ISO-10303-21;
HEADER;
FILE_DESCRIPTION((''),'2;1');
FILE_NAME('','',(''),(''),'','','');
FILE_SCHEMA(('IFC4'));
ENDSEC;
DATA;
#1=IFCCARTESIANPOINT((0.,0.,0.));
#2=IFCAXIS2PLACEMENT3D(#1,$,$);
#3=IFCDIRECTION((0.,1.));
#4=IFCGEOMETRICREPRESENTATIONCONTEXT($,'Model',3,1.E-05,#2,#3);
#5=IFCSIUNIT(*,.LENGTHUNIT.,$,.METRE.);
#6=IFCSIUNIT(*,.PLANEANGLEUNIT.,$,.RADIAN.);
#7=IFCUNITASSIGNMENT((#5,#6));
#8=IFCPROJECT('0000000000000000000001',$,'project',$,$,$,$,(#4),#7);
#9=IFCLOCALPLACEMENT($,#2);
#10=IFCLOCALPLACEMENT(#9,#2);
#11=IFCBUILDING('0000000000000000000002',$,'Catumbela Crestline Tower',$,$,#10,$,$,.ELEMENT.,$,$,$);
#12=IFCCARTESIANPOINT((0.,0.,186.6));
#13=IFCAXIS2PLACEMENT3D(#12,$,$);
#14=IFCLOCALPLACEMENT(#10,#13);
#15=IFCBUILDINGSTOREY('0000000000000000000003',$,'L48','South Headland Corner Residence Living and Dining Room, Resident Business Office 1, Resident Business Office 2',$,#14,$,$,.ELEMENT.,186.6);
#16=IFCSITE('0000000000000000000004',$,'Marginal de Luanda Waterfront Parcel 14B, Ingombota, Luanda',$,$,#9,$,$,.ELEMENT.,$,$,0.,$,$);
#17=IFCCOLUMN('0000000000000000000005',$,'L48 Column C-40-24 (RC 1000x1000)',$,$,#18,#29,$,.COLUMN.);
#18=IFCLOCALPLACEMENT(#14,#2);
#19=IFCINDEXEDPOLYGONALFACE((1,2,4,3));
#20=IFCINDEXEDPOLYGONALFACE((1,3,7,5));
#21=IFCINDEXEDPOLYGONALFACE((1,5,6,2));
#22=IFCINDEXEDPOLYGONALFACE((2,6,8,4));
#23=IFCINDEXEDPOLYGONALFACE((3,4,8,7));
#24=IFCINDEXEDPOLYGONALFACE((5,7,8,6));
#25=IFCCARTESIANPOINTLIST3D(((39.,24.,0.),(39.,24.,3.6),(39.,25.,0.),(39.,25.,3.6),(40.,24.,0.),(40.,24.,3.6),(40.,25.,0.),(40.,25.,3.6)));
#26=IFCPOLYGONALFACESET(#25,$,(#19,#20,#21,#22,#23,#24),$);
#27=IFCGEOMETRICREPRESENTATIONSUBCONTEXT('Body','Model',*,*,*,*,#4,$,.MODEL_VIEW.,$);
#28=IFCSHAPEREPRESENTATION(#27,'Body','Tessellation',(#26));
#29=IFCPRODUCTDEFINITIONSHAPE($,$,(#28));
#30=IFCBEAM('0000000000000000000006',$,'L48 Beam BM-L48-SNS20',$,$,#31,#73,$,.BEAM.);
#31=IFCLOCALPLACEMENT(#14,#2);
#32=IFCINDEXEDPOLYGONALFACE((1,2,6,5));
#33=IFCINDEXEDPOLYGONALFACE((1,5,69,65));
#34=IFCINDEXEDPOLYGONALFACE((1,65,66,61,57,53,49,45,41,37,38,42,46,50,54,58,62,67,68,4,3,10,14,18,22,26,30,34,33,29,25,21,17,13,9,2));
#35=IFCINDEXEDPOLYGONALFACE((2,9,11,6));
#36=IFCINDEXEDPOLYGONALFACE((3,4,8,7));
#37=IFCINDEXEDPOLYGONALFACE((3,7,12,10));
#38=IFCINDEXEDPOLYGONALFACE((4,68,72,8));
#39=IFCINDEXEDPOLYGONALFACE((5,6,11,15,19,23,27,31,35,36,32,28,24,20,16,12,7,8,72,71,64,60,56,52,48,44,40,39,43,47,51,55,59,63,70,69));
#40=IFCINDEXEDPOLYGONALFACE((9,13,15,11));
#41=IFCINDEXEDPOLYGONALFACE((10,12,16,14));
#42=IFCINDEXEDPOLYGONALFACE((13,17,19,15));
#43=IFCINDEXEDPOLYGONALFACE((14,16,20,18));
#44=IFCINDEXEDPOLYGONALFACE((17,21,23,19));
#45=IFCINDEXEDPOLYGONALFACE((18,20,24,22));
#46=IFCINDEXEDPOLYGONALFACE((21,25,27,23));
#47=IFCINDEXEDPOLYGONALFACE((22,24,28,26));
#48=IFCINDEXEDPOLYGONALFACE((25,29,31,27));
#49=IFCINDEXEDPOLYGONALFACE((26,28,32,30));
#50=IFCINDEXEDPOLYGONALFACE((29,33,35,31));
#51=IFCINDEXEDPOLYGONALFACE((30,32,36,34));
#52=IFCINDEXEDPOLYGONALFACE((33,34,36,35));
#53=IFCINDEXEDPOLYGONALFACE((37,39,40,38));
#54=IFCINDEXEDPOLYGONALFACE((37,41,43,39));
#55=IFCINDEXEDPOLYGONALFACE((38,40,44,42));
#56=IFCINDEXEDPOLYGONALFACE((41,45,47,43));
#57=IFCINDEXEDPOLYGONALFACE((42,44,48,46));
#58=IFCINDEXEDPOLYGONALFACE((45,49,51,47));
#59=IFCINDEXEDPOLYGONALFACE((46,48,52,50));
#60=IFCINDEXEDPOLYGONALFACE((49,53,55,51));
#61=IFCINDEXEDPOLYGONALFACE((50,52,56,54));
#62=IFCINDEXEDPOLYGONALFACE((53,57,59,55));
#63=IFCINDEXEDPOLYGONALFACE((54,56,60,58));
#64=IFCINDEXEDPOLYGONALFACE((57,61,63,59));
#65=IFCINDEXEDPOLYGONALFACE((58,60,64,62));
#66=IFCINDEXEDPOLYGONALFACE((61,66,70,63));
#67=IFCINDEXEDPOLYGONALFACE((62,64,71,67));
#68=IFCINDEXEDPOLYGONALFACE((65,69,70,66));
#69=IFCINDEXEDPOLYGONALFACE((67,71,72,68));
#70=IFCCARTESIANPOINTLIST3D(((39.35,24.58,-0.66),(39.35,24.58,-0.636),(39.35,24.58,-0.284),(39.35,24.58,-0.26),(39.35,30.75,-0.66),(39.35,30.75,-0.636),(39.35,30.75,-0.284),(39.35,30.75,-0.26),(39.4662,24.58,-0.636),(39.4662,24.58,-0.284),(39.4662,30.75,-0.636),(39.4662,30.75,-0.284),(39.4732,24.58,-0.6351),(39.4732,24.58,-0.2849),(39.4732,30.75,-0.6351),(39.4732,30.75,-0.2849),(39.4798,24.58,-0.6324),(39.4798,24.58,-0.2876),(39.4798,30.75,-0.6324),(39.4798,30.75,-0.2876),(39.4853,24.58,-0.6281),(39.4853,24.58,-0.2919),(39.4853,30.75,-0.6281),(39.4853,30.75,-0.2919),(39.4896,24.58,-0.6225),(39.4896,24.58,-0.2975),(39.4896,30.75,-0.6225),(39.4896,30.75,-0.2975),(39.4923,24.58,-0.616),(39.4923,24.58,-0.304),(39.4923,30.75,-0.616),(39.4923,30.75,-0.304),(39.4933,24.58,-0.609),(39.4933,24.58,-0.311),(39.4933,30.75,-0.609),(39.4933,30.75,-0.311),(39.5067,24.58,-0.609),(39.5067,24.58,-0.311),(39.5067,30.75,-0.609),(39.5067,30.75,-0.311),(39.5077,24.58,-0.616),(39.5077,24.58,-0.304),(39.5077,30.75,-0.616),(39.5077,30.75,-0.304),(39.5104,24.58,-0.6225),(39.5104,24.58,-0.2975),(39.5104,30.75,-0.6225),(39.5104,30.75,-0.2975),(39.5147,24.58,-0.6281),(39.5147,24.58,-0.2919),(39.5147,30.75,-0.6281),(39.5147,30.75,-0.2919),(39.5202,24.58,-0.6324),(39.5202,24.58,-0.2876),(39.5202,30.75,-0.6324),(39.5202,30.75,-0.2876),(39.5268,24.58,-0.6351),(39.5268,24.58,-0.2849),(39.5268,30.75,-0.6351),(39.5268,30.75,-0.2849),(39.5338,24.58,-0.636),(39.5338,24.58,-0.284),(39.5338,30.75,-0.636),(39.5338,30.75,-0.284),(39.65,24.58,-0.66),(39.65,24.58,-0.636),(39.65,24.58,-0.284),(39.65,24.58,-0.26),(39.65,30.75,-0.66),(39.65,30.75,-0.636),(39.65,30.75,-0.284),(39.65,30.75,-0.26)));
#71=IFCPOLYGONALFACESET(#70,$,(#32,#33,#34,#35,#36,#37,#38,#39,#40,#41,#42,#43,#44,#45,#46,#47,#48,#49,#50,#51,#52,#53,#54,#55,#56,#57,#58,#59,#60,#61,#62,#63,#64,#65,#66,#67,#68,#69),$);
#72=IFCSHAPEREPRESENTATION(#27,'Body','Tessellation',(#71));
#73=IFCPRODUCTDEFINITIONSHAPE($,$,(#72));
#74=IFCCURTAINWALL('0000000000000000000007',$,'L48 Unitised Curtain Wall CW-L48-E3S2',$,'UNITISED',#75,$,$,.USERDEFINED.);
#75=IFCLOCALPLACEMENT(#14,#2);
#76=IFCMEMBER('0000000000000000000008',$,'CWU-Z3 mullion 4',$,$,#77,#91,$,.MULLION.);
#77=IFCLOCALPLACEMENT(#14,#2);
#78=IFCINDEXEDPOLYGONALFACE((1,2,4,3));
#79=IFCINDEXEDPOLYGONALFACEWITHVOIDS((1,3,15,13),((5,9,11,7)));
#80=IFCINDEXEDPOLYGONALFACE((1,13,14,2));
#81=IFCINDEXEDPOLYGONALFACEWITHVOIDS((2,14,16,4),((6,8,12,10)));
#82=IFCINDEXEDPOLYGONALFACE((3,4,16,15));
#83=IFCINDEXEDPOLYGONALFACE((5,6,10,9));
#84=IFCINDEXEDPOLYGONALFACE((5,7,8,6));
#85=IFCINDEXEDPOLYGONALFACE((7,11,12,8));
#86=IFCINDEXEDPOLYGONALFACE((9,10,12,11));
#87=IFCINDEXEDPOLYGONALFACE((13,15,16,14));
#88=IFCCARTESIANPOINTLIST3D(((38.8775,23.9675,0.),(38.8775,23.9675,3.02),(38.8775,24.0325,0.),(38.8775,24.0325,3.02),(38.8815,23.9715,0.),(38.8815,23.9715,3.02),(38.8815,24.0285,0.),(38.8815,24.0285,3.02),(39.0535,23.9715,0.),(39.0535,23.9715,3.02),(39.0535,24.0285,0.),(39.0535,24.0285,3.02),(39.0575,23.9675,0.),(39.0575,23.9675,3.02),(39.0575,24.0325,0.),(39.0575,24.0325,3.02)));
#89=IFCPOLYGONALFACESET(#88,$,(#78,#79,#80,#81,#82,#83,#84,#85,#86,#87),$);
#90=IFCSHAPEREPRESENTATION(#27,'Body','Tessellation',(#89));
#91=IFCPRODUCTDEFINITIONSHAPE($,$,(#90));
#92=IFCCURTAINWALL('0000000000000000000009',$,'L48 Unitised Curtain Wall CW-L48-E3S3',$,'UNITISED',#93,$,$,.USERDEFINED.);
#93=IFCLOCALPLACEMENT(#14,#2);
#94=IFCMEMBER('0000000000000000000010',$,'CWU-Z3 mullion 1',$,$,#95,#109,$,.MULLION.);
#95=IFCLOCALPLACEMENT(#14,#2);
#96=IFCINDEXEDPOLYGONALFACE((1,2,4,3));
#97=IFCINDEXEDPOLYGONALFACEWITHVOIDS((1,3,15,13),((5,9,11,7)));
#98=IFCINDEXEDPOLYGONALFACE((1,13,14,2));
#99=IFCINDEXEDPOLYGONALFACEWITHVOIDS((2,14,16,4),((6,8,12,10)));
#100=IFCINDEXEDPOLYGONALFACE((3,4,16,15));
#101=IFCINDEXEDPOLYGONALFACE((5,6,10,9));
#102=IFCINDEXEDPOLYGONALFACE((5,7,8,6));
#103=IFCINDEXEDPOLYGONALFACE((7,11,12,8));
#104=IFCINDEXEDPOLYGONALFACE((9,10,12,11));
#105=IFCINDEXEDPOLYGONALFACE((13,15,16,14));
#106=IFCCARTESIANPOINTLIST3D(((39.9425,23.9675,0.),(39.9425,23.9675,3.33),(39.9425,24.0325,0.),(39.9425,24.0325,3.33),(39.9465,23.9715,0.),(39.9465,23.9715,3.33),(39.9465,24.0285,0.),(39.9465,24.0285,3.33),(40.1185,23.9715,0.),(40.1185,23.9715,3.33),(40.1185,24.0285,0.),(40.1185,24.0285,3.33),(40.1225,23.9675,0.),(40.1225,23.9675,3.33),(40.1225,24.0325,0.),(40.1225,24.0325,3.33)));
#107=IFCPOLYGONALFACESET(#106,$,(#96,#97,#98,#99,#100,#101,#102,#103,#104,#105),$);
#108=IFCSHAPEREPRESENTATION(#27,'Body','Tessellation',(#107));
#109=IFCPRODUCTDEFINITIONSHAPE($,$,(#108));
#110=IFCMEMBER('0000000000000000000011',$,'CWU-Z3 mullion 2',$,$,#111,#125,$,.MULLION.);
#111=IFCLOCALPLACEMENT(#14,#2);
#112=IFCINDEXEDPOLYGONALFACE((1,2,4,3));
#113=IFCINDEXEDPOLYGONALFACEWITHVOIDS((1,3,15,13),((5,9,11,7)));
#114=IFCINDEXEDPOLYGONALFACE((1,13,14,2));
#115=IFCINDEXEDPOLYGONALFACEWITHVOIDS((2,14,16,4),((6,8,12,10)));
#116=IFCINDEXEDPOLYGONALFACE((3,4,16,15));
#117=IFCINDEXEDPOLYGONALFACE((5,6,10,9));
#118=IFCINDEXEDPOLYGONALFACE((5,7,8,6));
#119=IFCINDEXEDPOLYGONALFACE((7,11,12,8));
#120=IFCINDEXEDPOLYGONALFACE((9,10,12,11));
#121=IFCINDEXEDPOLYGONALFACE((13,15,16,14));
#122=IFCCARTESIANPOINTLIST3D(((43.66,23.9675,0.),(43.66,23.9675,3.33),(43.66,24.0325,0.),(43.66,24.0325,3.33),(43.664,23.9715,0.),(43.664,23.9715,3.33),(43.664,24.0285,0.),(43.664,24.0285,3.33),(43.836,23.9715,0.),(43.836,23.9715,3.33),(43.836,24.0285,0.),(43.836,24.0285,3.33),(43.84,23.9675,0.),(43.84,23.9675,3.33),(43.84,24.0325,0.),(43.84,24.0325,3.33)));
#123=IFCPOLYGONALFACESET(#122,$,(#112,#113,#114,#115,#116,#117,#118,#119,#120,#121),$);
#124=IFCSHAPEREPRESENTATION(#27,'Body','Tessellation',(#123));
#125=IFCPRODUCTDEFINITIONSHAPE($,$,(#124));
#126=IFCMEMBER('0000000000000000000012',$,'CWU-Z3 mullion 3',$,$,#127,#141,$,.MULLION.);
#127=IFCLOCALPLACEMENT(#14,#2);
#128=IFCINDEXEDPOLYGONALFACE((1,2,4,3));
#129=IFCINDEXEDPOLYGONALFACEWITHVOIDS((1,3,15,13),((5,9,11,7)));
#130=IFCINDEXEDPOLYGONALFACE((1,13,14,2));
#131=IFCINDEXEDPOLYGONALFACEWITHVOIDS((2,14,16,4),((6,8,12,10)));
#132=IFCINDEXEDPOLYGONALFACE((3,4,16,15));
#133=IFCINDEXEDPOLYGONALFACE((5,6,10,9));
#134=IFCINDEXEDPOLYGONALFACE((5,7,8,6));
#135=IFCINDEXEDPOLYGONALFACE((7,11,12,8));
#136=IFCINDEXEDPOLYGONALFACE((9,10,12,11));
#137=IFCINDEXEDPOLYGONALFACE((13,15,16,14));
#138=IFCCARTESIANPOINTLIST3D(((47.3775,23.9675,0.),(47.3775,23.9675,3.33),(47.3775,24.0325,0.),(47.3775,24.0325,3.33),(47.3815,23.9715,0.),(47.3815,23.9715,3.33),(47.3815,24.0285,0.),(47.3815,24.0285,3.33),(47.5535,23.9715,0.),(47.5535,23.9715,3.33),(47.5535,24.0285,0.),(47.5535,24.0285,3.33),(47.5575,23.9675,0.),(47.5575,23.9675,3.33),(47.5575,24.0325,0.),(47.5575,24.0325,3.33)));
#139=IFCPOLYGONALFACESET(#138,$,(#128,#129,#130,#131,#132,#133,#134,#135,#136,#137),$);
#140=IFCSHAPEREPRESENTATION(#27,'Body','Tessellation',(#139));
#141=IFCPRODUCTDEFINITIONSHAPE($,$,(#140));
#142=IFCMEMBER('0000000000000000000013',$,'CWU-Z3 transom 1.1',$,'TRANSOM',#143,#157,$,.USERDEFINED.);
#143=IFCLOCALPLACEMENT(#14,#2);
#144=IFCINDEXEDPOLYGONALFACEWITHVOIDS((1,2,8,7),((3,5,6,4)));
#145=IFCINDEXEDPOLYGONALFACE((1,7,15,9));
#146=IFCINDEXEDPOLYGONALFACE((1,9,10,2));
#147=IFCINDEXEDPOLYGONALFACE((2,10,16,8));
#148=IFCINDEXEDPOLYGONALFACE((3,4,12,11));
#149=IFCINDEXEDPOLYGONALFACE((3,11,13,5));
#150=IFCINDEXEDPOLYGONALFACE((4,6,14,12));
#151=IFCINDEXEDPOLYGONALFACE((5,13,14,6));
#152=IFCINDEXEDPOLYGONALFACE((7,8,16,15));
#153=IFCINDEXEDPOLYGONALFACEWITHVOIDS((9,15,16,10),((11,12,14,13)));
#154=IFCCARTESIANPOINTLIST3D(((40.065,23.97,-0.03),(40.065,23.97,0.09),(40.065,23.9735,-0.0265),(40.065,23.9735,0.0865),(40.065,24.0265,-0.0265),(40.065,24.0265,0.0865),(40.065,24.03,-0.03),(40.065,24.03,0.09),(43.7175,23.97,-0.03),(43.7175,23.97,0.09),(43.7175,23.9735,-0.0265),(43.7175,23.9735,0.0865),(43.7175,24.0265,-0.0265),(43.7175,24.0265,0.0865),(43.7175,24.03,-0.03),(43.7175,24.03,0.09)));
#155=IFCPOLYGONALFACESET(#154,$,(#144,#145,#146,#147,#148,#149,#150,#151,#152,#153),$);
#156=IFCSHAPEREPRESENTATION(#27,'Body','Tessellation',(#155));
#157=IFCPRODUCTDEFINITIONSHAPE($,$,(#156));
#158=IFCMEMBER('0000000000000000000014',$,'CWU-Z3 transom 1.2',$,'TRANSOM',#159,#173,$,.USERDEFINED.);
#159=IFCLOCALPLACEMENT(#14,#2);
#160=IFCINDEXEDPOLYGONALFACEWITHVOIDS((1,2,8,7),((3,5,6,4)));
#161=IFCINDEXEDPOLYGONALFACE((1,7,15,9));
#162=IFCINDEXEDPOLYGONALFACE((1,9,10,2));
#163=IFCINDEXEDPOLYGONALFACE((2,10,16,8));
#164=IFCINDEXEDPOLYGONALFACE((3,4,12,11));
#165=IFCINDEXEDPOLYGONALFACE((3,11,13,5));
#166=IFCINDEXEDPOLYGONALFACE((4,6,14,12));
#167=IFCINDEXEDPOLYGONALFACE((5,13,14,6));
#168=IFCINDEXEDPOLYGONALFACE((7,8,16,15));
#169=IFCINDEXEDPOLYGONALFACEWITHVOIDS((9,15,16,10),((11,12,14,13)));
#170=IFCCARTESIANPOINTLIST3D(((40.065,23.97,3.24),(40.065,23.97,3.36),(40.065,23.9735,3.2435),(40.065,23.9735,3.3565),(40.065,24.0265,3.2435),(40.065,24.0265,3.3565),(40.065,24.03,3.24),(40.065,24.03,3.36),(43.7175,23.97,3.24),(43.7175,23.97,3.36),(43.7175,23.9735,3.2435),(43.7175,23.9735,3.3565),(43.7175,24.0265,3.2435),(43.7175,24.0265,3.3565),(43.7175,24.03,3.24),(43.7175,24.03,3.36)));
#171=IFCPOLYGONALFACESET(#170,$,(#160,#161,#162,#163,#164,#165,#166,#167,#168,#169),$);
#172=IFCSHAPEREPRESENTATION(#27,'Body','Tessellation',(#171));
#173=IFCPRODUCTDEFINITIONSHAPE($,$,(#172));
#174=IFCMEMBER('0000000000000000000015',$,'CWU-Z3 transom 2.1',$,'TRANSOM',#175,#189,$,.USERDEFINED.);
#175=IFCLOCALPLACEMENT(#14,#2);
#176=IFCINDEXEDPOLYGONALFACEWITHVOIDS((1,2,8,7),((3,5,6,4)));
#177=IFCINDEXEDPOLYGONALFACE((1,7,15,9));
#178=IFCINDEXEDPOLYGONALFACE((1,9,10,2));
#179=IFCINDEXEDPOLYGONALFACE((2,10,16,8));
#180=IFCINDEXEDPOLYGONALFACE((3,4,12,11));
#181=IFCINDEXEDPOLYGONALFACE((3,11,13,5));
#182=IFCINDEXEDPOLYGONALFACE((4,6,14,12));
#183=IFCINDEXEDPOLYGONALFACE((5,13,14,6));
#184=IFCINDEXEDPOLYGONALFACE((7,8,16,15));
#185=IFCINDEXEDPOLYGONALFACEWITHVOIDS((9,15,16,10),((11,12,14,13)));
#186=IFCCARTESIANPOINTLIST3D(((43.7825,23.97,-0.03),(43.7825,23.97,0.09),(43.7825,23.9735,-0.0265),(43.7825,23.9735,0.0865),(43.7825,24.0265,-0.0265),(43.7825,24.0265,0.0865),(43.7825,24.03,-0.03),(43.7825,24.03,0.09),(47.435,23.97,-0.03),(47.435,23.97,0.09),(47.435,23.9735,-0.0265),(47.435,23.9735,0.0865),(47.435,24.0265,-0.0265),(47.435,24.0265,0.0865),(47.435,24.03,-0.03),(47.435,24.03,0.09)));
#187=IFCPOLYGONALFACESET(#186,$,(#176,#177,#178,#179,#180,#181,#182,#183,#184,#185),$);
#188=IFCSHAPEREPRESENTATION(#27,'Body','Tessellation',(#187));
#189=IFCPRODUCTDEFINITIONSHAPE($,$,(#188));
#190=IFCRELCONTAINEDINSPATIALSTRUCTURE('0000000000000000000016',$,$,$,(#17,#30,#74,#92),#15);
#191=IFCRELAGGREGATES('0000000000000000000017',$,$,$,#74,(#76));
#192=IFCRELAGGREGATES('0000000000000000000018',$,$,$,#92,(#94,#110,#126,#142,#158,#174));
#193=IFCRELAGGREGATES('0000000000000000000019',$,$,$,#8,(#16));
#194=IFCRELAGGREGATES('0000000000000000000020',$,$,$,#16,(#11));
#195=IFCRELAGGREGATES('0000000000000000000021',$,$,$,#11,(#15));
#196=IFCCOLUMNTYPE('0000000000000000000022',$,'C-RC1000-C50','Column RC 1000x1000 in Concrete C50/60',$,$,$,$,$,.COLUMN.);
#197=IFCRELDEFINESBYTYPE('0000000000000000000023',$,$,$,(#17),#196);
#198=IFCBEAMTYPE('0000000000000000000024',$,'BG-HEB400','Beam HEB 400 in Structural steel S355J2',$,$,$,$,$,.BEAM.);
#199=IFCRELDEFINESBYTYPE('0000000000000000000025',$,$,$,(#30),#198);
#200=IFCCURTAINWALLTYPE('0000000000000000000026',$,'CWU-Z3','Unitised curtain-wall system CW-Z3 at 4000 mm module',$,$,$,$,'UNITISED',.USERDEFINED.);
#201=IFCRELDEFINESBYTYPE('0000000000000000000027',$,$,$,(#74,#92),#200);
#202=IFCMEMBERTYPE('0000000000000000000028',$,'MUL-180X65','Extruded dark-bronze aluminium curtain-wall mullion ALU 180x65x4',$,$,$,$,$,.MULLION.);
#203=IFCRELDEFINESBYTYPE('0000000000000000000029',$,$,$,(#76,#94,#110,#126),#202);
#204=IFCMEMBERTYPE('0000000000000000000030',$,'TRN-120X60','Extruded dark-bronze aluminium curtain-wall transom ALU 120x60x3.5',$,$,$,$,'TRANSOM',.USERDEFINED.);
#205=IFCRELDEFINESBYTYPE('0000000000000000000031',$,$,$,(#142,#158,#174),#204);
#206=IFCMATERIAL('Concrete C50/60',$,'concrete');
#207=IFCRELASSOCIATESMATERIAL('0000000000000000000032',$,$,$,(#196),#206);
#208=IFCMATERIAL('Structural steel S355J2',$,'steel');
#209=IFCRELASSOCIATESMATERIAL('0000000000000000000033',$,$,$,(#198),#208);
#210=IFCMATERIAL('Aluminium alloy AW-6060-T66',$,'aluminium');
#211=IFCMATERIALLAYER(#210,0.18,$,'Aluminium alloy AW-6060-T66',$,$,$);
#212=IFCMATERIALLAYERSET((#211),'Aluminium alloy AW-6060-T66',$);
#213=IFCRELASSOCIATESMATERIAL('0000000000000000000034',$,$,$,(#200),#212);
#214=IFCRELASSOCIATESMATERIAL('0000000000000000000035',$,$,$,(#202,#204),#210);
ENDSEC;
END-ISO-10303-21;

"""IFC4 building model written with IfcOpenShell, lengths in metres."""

from ifc_helpers import new_model, si_unit, direction, frame, origin, origin_2d, place, context, subcontext, project, spatial, rectangle, hollow_rectangle, i_section, extrude, material, layer, layer_set, material_profile, profile_set, type_object, element, aggregate, save


model = new_model("IFC4")

# Units and contexts
model_context = context("Model", 3, precision=1e-05, world=origin(), true_north=direction((0.0, 1.0)))
body_context = subcontext(model_context, "Body", "Model", "MODEL_VIEW")
ifc_project = project(units=[si_unit("LENGTHUNIT", "METRE"), si_unit("PLANEANGLEUNIT", "RADIAN")], contexts=[model_context])

# Site, building, storey
site_placement = place(None, origin())
site = spatial("IfcSite", under=ifc_project, at=site_placement, Name="Marginal de Luanda Waterfront Parcel 14B, Ingombota, Luanda", CompositionType="ELEMENT", RefElevation=0.0)
building_placement = place(site_placement, origin())
building = spatial("IfcBuilding", under=site, at=building_placement, Name="Catumbela Crestline Tower", CompositionType="ELEMENT")
storey_placement = place(building_placement, frame((0.0, 0.0, 186.6)))
storey = spatial("IfcBuildingStorey", under=building, at=storey_placement, Name="L48", Description="South Headland Corner Residence Living and Dining Room, Resident Business Office 1, Resident Business Office 2", CompositionType="ELEMENT", Elevation=186.6)

# Column
ifc_material_1 = material(Name="Concrete C50/60", Category="concrete")
ifc_material_profile_1 = material_profile(ifc_material_1, rectangle(XDim=1.0, YDim=1.0, at=origin_2d()), Name="RC 1000x1000")
ifc_profile_set_1 = profile_set([ifc_material_profile_1], Name="Concrete C50/60")
column_type = type_object("IfcColumnType", Name="C-RC1000-C50", Description="Column RC 1000x1000 in Concrete C50/60", PredefinedType="COLUMN", material=ifc_profile_set_1)
column_placement = place(storey_placement, frame((39.5, 24.5, 0.0), z_axis=(0.0, 0.0, 1.0), x_axis=(1.0, 0.0, 0.0)))
element("IfcColumn", 1, at=column_placement, inside=storey, type_object=column_type, Name="L48 Column C-40-24 (RC 1000x1000)", PredefinedType="COLUMN", context=body_context, shape_type="SweptSolid", body=[
    extrude(rectangle(XDim=1.0, YDim=1.0, at=origin_2d()), origin(), (0.0, 0.0, 1.0), 3.6),
])

# Beam
ifc_material_2 = material(Name="Structural steel S355J2", Category="steel")
ifc_material_profile_2 = material_profile(ifc_material_2, i_section(OverallWidth=0.3, OverallDepth=0.4, WebThickness=0.0135, FlangeThickness=0.024, FilletRadius=0.027, at=origin_2d()), Name="HEB 400")
ifc_profile_set_2 = profile_set([ifc_material_profile_2], Name="Structural steel S355J2")
beam_type = type_object("IfcBeamType", Name="BG-HEB400", Description="Beam HEB 400 in Structural steel S355J2", PredefinedType="BEAM", material=ifc_profile_set_2)
beam_placement = place(storey_placement, frame((39.5, 24.58, -0.46), z_axis=(0.0, 1.0, 0.0), x_axis=(-1.0, 0.0, 0.0)))
element("IfcBeam", 2, at=beam_placement, inside=storey, type_object=beam_type, Name="L48 Beam BM-L48-SNS20", PredefinedType="BEAM", context=body_context, shape_type="SweptSolid", body=[
    extrude(i_section(OverallWidth=0.3, OverallDepth=0.4, WebThickness=0.0135, FlangeThickness=0.024, FilletRadius=0.027, at=origin_2d()), origin(), (0.0, 0.0, 1.0), 6.17),
])

# Curtain wall, member
ifc_material_3 = material(Name="Aluminium alloy AW-6060-T66", Category="aluminium")
ifc_layer_1 = layer(ifc_material_3, 0.18, Name="Aluminium alloy AW-6060-T66")
ifc_layer_set_1 = layer_set([ifc_layer_1], Name="Aluminium alloy AW-6060-T66")
curtain_wall_type = type_object("IfcCurtainWallType", Name="CWU-Z3", Description="Unitised curtain-wall system CW-Z3 at 4000 mm module", ElementType="UNITISED", PredefinedType="USERDEFINED", material=ifc_layer_set_1)
curtain_wall_1_placement = place(storey_placement, origin())
curtain_wall_1 = element("IfcCurtainWall", 3, at=curtain_wall_1_placement, inside=storey, type_object=curtain_wall_type, Name="L48 Unitised Curtain Wall CW-L48-E3S2", ObjectType="UNITISED", PredefinedType="USERDEFINED")
ifc_material_profile_3 = material_profile(ifc_material_3, hollow_rectangle(XDim=0.065, YDim=0.18, WallThickness=0.004, at=origin_2d()), Name="ALU 180x65x4")
ifc_profile_set_3 = profile_set([ifc_material_profile_3], Name="Aluminium alloy AW-6060-T66")
member_type_1 = type_object("IfcMemberType", Name="MUL-180X65", Description="Extruded dark-bronze aluminium curtain-wall mullion ALU 180x65x4", PredefinedType="MULLION", material=ifc_profile_set_3)
member_1_placement = place(storey_placement, frame((38.9675, 24.0, 0.0), z_axis=(0.0, 0.0, 1.0), x_axis=(0.0, 1.0, 0.0)))
member_1 = element("IfcMember", 4, at=member_1_placement, type_object=member_type_1, Name="CWU-Z3 mullion 4", PredefinedType="MULLION", context=body_context, shape_type="SweptSolid", body=[
    extrude(hollow_rectangle(XDim=0.065, YDim=0.18, WallThickness=0.004, at=origin_2d()), origin(), (0.0, 0.0, 1.0), 3.02),
])

# Curtain wall, members
curtain_wall_2_placement = place(storey_placement, origin())
curtain_wall_2 = element("IfcCurtainWall", 5, at=curtain_wall_2_placement, inside=storey, type_object=curtain_wall_type, Name="L48 Unitised Curtain Wall CW-L48-E3S3", ObjectType="UNITISED", PredefinedType="USERDEFINED")
member_2_placement = place(storey_placement, frame((40.0325, 24.0, 0.0), z_axis=(0.0, 0.0, 1.0), x_axis=(0.0, 1.0, 0.0)))
member_2 = element("IfcMember", 6, at=member_2_placement, type_object=member_type_1, Name="CWU-Z3 mullion 1", PredefinedType="MULLION", context=body_context, shape_type="SweptSolid", body=[
    extrude(hollow_rectangle(XDim=0.065, YDim=0.18, WallThickness=0.004, at=origin_2d()), origin(), (0.0, 0.0, 1.0), 3.33),
])
member_3_placement = place(storey_placement, frame((43.75, 24.0, 0.0), z_axis=(0.0, 0.0, 1.0), x_axis=(0.0, 1.0, 0.0)))
member_3 = element("IfcMember", 7, at=member_3_placement, type_object=member_type_1, Name="CWU-Z3 mullion 2", PredefinedType="MULLION", context=body_context, shape_type="SweptSolid", body=[
    extrude(hollow_rectangle(XDim=0.065, YDim=0.18, WallThickness=0.004, at=origin_2d()), origin(), (0.0, 0.0, 1.0), 3.33),
])
member_4_placement = place(storey_placement, frame((47.4675, 24.0, 0.0), z_axis=(0.0, 0.0, 1.0), x_axis=(0.0, 1.0, 0.0)))
member_4 = element("IfcMember", 8, at=member_4_placement, type_object=member_type_1, Name="CWU-Z3 mullion 3", PredefinedType="MULLION", context=body_context, shape_type="SweptSolid", body=[
    extrude(hollow_rectangle(XDim=0.065, YDim=0.18, WallThickness=0.004, at=origin_2d()), origin(), (0.0, 0.0, 1.0), 3.33),
])
ifc_material_profile_4 = material_profile(ifc_material_3, hollow_rectangle(XDim=0.06, YDim=0.12, WallThickness=0.0035, at=origin_2d()), Name="ALU 120x60x3.5")
ifc_profile_set_4 = profile_set([ifc_material_profile_4], Name="Aluminium alloy AW-6060-T66")
member_type_2 = type_object("IfcMemberType", Name="TRN-120X60", Description="Extruded dark-bronze aluminium curtain-wall transom ALU 120x60x3.5", ElementType="TRANSOM", PredefinedType="USERDEFINED", material=ifc_profile_set_4)
member_5_placement = place(storey_placement, frame((40.065, 24.0, 0.03), z_axis=(1.0, 0.0, 0.0), x_axis=(0.0, 1.0, 0.0)))
member_5 = element("IfcMember", 9, at=member_5_placement, type_object=member_type_2, Name="CWU-Z3 transom 1.1", ObjectType="TRANSOM", PredefinedType="USERDEFINED", context=body_context, shape_type="SweptSolid", body=[
    extrude(hollow_rectangle(XDim=0.06, YDim=0.12, WallThickness=0.0035, at=origin_2d()), origin(), (0.0, 0.0, 1.0), 3.6525),
])
member_6_placement = place(storey_placement, frame((40.065, 24.0, 3.3), z_axis=(1.0, 0.0, 0.0), x_axis=(0.0, 1.0, 0.0)))
member_6 = element("IfcMember", 10, at=member_6_placement, type_object=member_type_2, Name="CWU-Z3 transom 1.2", ObjectType="TRANSOM", PredefinedType="USERDEFINED", context=body_context, shape_type="SweptSolid", body=[
    extrude(hollow_rectangle(XDim=0.06, YDim=0.12, WallThickness=0.0035, at=origin_2d()), origin(), (0.0, 0.0, 1.0), 3.6525),
])
member_7_placement = place(storey_placement, frame((43.7825, 24.0, 0.03), z_axis=(1.0, 0.0, 0.0), x_axis=(0.0, 1.0, 0.0)))
member_7 = element("IfcMember", 11, at=member_7_placement, type_object=member_type_2, Name="CWU-Z3 transom 2.1", ObjectType="TRANSOM", PredefinedType="USERDEFINED", context=body_context, shape_type="SweptSolid", body=[
    extrude(hollow_rectangle(XDim=0.06, YDim=0.12, WallThickness=0.0035, at=origin_2d()), origin(), (0.0, 0.0, 1.0), 3.6525),
])

aggregate(curtain_wall_1, [member_1])
aggregate(curtain_wall_2, [member_2, member_3, member_4, member_5, member_6, member_7])

save(model, "model.ifc")
